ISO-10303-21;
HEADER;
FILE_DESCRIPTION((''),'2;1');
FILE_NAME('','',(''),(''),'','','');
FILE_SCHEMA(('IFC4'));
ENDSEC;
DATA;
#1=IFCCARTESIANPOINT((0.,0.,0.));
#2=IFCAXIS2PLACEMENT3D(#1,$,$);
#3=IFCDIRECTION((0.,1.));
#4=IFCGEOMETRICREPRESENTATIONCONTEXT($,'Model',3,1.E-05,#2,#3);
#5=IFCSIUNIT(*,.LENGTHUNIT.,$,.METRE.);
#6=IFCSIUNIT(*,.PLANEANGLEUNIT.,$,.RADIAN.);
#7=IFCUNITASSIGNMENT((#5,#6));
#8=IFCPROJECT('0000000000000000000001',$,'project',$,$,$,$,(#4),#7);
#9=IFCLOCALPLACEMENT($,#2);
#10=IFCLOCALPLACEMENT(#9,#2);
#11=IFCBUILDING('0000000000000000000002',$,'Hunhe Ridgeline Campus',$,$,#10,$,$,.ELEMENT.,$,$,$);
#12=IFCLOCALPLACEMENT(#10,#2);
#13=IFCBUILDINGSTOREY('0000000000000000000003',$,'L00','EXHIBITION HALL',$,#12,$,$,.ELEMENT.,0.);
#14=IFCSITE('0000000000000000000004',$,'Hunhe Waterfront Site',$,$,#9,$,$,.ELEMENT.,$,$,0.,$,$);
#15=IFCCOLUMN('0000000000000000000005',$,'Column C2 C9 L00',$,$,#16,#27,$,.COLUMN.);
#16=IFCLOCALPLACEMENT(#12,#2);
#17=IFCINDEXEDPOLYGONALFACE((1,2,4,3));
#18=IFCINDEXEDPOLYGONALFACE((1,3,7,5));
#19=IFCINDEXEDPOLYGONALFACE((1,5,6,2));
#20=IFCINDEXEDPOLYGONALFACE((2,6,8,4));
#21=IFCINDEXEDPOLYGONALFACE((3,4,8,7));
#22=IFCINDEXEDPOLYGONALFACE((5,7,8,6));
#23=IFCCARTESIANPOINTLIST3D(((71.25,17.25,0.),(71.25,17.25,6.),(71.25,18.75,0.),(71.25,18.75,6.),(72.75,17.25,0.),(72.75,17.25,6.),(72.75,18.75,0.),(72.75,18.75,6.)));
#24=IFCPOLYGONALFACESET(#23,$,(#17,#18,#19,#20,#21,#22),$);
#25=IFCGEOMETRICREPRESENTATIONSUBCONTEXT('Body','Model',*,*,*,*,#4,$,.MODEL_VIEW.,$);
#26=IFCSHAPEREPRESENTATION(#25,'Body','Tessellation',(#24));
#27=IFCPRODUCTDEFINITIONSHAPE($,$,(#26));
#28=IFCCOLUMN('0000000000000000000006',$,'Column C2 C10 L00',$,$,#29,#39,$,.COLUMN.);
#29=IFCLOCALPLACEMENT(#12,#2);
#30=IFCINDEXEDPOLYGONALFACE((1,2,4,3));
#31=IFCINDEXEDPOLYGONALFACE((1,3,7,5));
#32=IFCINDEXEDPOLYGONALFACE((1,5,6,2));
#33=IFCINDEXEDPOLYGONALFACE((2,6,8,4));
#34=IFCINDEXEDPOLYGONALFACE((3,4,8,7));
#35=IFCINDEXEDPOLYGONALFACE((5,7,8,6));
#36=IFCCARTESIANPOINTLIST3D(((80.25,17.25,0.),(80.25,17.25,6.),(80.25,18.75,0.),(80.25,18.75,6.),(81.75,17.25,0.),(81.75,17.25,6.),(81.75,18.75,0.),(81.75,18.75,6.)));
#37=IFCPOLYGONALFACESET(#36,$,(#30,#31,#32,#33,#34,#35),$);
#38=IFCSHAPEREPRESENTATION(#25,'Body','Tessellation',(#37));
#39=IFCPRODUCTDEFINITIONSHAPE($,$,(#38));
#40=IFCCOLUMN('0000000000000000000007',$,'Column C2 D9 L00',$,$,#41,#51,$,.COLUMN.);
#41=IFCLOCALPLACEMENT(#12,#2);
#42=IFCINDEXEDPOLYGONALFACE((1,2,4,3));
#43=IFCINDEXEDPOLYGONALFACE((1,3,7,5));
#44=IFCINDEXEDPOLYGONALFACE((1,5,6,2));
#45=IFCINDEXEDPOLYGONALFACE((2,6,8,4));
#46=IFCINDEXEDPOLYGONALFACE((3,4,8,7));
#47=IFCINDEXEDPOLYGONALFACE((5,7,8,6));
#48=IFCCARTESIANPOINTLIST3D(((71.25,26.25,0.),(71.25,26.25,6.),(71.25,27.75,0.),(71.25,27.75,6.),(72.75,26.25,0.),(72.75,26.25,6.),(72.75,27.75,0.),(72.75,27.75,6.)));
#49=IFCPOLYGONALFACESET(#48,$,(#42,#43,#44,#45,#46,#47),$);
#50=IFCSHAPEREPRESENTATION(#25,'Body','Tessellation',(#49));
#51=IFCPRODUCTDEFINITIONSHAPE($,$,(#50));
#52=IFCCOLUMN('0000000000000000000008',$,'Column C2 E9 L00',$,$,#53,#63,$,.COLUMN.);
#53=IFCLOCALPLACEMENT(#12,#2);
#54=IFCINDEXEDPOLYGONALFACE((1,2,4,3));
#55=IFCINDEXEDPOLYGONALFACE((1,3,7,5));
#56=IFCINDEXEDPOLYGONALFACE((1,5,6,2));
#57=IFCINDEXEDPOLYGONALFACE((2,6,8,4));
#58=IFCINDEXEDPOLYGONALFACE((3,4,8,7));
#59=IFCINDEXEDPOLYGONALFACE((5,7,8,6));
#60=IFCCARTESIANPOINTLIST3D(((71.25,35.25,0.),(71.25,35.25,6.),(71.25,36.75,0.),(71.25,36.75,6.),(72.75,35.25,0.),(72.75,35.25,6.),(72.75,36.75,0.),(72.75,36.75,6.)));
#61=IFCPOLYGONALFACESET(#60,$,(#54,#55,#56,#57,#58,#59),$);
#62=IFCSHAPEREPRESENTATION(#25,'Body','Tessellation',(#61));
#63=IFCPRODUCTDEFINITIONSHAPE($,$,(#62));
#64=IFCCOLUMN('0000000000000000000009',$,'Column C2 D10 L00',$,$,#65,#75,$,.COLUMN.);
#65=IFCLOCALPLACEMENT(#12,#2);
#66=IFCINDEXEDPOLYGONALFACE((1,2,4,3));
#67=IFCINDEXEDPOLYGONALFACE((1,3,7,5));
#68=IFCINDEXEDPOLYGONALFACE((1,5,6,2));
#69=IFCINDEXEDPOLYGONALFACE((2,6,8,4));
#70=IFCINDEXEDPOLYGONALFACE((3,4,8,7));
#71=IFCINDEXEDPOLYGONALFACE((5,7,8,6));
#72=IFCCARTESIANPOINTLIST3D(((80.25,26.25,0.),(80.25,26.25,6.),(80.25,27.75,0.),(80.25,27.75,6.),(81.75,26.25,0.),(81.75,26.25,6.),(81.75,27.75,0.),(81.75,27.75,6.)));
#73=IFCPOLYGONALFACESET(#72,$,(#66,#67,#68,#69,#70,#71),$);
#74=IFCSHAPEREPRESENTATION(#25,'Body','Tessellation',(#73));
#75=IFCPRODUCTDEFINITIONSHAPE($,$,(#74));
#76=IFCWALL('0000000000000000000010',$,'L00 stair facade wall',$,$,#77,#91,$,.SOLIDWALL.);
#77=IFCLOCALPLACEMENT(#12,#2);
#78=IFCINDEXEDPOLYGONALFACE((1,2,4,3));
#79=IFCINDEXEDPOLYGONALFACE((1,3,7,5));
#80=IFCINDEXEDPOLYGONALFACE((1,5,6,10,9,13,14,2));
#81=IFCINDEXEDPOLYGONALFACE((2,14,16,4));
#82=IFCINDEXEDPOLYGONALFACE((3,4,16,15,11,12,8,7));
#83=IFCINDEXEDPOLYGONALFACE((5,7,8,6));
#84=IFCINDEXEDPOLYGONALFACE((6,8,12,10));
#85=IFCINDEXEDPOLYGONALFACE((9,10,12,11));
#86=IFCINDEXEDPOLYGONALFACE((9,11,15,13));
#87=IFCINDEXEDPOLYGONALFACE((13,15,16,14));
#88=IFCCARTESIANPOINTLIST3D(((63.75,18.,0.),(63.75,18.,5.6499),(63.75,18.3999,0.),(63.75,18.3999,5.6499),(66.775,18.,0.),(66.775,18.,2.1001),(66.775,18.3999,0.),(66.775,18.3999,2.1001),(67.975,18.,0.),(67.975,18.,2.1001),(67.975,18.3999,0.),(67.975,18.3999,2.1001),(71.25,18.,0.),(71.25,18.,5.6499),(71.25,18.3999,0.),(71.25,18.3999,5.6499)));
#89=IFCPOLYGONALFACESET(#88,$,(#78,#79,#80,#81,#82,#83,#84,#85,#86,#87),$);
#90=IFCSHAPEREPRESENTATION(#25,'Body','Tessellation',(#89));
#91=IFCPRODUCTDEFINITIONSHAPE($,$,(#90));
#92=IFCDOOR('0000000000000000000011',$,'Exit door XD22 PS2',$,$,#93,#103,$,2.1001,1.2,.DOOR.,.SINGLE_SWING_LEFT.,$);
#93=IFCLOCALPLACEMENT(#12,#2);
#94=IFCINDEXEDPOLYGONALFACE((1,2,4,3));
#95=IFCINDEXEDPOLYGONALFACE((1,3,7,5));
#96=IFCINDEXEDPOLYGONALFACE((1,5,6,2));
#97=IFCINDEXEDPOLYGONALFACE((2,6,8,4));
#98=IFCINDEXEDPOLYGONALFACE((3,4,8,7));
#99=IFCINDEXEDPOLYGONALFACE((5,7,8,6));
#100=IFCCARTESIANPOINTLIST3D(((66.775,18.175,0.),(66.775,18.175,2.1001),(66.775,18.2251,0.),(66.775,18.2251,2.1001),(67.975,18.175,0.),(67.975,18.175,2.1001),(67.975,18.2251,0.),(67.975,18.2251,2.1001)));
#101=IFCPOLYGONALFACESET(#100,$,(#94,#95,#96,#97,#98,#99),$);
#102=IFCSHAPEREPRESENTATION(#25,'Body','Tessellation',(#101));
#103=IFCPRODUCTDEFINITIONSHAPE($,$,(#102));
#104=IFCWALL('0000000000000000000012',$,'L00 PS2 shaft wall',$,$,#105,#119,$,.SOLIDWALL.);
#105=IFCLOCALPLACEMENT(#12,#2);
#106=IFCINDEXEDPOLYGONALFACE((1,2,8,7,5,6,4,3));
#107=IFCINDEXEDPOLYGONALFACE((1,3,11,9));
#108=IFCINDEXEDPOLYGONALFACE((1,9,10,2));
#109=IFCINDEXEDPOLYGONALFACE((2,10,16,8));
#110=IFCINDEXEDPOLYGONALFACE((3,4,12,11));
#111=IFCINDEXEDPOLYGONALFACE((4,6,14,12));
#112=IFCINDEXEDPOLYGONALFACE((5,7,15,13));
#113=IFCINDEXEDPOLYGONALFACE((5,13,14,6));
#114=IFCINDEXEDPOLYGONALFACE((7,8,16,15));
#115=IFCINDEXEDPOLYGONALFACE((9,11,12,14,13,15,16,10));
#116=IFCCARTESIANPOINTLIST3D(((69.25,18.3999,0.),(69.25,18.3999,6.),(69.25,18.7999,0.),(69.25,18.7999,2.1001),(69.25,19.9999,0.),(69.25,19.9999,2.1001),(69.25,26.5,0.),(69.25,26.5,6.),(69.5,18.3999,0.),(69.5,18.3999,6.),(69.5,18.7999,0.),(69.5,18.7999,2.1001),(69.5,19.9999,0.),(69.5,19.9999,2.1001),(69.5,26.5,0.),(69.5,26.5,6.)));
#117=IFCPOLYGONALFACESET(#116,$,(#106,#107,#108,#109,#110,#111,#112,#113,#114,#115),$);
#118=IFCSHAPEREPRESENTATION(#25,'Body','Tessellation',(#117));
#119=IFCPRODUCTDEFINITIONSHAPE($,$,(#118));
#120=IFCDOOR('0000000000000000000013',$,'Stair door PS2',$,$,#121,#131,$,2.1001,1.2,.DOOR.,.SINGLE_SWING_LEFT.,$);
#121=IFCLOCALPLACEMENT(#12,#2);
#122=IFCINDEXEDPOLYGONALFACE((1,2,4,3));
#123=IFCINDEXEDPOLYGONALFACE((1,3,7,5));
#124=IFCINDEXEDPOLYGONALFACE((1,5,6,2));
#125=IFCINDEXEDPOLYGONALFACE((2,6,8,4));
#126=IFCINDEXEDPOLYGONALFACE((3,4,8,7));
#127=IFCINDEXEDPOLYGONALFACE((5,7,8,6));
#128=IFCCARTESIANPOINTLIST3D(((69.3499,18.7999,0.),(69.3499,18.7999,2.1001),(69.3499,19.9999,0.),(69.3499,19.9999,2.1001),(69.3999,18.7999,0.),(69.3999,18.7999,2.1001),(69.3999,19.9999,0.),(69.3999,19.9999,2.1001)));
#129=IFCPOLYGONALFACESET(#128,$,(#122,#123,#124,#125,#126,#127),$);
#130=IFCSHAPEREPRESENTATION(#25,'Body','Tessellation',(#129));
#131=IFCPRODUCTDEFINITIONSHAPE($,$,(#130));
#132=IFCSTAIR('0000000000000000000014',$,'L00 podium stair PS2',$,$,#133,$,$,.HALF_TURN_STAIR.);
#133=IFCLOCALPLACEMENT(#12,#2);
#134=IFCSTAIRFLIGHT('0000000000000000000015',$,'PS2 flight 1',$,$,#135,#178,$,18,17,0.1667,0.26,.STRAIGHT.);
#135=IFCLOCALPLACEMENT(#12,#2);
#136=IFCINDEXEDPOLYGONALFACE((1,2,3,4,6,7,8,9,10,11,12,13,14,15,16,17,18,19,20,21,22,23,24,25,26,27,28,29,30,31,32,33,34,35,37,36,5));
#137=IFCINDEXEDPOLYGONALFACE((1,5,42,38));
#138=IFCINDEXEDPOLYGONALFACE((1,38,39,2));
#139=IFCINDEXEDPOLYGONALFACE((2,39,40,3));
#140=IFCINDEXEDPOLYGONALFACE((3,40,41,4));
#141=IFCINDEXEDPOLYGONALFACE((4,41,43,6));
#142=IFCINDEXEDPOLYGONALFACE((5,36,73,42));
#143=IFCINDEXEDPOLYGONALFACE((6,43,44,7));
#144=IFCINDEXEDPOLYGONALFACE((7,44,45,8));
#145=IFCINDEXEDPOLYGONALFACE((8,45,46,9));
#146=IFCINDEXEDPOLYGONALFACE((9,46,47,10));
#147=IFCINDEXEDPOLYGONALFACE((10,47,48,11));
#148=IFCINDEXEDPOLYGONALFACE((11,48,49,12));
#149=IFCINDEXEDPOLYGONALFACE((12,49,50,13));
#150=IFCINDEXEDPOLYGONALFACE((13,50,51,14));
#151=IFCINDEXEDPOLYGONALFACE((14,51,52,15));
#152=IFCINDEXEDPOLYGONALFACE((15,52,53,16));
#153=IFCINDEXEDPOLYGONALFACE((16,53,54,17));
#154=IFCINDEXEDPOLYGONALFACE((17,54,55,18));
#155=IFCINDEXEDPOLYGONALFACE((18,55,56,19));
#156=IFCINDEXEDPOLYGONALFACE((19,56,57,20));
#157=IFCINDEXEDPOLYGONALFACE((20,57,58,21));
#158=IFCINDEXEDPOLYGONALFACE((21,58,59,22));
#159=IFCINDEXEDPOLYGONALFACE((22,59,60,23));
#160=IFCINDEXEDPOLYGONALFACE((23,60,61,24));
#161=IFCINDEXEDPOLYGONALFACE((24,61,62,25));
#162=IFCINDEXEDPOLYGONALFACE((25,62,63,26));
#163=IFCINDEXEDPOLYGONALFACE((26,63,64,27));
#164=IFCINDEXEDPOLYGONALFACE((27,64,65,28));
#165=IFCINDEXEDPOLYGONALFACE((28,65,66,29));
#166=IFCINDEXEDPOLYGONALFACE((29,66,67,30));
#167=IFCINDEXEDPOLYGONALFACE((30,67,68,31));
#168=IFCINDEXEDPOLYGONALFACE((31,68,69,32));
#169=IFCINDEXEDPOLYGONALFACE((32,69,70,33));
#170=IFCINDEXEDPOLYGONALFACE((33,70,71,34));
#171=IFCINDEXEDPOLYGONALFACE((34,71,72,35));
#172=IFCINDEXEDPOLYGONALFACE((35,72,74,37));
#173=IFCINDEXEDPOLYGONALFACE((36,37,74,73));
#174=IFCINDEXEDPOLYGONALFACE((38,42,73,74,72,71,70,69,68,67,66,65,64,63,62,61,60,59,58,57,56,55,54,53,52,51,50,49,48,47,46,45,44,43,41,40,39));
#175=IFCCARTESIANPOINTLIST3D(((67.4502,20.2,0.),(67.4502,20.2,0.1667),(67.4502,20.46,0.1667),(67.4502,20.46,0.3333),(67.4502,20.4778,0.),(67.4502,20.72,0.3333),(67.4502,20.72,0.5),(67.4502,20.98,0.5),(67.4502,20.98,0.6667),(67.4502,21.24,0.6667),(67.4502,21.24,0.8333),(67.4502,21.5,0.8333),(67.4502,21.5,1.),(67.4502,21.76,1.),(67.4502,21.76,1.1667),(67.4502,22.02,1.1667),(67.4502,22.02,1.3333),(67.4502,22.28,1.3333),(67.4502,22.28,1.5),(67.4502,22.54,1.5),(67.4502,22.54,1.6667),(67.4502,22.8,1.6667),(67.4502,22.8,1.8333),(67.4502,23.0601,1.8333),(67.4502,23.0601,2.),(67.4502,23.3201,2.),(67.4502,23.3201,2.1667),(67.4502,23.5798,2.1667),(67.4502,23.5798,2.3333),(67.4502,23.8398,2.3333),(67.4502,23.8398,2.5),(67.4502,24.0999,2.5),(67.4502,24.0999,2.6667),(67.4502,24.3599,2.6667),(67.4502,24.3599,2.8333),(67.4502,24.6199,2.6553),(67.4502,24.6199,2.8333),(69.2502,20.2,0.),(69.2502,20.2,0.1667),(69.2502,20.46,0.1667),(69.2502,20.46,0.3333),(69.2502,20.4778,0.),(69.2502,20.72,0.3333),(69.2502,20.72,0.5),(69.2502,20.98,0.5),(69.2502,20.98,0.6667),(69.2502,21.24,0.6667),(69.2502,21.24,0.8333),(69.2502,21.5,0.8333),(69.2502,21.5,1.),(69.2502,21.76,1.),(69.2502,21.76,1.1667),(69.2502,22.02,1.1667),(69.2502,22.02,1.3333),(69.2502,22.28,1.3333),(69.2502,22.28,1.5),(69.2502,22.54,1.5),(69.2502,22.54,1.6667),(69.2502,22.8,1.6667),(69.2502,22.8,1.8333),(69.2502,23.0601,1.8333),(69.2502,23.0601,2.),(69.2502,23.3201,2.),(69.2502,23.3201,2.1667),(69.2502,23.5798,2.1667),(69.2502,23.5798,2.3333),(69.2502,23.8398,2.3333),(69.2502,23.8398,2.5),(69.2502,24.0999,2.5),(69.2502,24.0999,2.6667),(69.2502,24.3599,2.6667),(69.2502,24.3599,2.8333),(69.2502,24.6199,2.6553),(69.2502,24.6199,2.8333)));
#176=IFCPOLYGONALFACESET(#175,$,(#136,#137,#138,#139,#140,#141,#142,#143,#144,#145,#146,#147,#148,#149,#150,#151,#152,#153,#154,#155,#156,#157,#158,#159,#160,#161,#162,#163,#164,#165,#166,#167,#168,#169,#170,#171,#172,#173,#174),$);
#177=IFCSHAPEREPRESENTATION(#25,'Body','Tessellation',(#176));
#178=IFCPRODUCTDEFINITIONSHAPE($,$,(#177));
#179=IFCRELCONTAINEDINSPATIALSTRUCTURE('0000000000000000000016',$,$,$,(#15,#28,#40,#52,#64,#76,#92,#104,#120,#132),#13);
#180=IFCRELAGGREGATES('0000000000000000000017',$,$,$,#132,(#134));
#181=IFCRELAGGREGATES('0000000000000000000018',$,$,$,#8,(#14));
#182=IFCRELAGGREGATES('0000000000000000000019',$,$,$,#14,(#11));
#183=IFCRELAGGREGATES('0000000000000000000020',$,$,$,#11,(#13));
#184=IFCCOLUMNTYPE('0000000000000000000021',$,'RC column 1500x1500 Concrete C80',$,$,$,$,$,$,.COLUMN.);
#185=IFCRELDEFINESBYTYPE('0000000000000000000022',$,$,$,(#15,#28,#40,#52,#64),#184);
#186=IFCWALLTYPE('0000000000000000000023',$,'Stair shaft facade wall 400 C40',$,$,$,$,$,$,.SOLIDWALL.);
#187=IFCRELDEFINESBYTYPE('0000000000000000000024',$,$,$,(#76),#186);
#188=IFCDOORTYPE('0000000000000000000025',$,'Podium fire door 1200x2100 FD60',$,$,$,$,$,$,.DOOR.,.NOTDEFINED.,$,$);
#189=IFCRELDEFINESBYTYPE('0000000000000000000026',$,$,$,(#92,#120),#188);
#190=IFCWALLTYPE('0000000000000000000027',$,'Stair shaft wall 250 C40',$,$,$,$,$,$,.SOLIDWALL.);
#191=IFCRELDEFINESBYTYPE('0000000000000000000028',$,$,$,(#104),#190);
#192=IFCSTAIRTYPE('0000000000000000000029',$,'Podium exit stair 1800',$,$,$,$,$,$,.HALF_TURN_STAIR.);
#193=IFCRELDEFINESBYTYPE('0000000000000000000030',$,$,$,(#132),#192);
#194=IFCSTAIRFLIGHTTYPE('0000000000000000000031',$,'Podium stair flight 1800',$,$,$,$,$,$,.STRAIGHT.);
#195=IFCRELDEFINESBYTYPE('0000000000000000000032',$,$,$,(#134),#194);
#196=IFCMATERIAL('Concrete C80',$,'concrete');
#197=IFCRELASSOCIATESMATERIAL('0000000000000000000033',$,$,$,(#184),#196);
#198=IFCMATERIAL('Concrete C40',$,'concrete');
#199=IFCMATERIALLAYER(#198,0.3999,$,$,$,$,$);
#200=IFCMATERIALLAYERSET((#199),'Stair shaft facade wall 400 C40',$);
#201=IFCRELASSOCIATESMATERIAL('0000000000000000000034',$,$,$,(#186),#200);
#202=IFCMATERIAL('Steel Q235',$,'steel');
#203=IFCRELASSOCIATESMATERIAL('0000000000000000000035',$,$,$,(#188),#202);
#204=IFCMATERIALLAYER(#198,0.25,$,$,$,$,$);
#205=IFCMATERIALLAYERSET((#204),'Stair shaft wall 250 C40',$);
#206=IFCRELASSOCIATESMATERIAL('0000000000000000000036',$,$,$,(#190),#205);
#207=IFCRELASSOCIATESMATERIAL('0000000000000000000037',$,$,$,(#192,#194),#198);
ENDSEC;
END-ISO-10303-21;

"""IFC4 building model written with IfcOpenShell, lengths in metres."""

from ifc_helpers import new_model, si_unit, direction, frame, frame_2d, origin, origin_2d, place, context, subcontext, project, spatial, polyline, rectangle, outline, extrude, material, layer, layer_set, material_profile, profile_set, type_object, element, fill, aggregate, save


model = new_model("IFC4")

# Units and contexts
model_context = context("Model", 3, precision=1e-05, world=origin(), true_north=direction((0.0, 1.0)))
body_context = subcontext(model_context, "Body", "Model", "MODEL_VIEW")
ifc_project = project(units=[si_unit("LENGTHUNIT", "METRE"), si_unit("PLANEANGLEUNIT", "RADIAN")], contexts=[model_context])

# Site, building, storey
site_placement = place(None, origin())
site = spatial("IfcSite", under=ifc_project, at=site_placement, Name="Hunhe Waterfront Site", CompositionType="ELEMENT", RefElevation=0.0)
building_placement = place(site_placement, origin())
building = spatial("IfcBuilding", under=site, at=building_placement, Name="Hunhe Ridgeline Campus", CompositionType="ELEMENT")
storey_placement = place(building_placement, origin())
storey = spatial("IfcBuildingStorey", under=building, at=storey_placement, Name="L00", Description="EXHIBITION HALL", CompositionType="ELEMENT", Elevation=0.0)

# Columns
ifc_material_1 = material(Name="Concrete C80", Category="concrete")
ifc_material_profile = material_profile(ifc_material_1, rectangle(XDim=1.5, YDim=1.5, at=origin_2d()))
ifc_profile_set = profile_set([ifc_material_profile], Name="Concrete C80")
column_type = type_object("IfcColumnType", Name="RC column 1500x1500 Concrete C80", PredefinedType="COLUMN", material=ifc_profile_set)
for number, where, z_axis, x_axis, name in (
    (1, (72.0, 18.0, 0.0), (0.0, 0.0, 1.0), (1.0, 0.0, 0.0), "Column C2 C9 L00"),
    (2, (81.0, 18.0, 0.0), (0.0, 0.0, 1.0), (1.0, 0.0, 0.0), "Column C2 C10 L00"),
    (3, (72.0, 27.0, 0.0), (0.0, 0.0, 1.0), (1.0, 0.0, 0.0), "Column C2 D9 L00"),
    (4, (72.0, 36.0, 0.0), (0.0, 0.0, 1.0), (1.0, 0.0, 0.0), "Column C2 E9 L00"),
    (5, (81.0, 27.0, 0.0), (0.0, 0.0, 1.0), (1.0, 0.0, 0.0), "Column C2 D10 L00"),
):
    element("IfcColumn", number, at=place(storey_placement, frame(where, z_axis=z_axis, x_axis=x_axis)), inside=storey, type_object=column_type, Name=name, PredefinedType="COLUMN", context=body_context, shape_type="SweptSolid", body=[
        extrude(rectangle(XDim=1.5, YDim=1.5, at=origin_2d()), origin(), (0.0, 0.0, 1.0), 6.0),
    ])

# Shared definitions
ifc_material_2 = material(Name="Concrete C40", Category="concrete")

# Walls, openings, doors
ifc_layer_1 = layer(ifc_material_2, 0.3999)
ifc_layer_set_1 = layer_set([ifc_layer_1], Name="Stair shaft facade wall 400 C40")
wall_type_1 = type_object("IfcWallType", Name="Stair shaft facade wall 400 C40", PredefinedType="SOLIDWALL", material=ifc_layer_set_1)
wall_1_placement = place(storey_placement, frame((71.25, 18.2, 0.0), z_axis=(0.0, 0.0, 1.0), x_axis=(-1.0, 0.0, 0.0)))
wall_1 = element("IfcWall", 6, at=wall_1_placement, inside=storey, type_object=wall_type_1, Name="L00 stair facade wall", PredefinedType="SOLIDWALL", context=body_context, shape_type="SweptSolid", body=[
    extrude(rectangle(XDim=7.5, YDim=0.3999, at=frame_2d((3.75, 0.0))), origin(), (0.0, 0.0, 1.0), 5.6499),
])
opening_1_placement = place(wall_1_placement, frame((3.2749, 0.0, 0.0)))
opening_1 = element("IfcOpeningElement", 7, at=opening_1_placement, cuts=wall_1, PredefinedType="OPENING", context=body_context, shape_type="SweptSolid", body=[
    extrude(rectangle(XDim=1.2, YDim=2.1001, at=frame_2d((0.6001, 1.05))), frame((0.0, 0.2, 0.0), z_axis=(0.0, -1.0, 0.0), x_axis=(1.0, 0.0, 0.0)), (0.0, 0.0, 1.0), 0.3999),
])
ifc_material_3 = material(Name="Steel Q235", Category="steel")
door_type_1 = type_object("IfcDoorType", Name="Podium fire door 1200x2100 FD60", OperationType="NOTDEFINED", PredefinedType="DOOR", material=ifc_material_3)
door_1_placement = place(opening_1_placement, origin())
door_1 = element("IfcDoor", 8, at=door_1_placement, inside=storey, type_object=door_type_1, Name="Exit door XD22 PS2", OperationType="SINGLE_SWING_LEFT", OverallHeight=2.1001, OverallWidth=1.2, PredefinedType="DOOR", context=body_context, shape_type="SweptSolid", body=[
    extrude(rectangle(XDim=1.2, YDim=2.1001, at=frame_2d((0.6001, 1.05))), frame((0.0, 0.0249, 0.0), z_axis=(0.0, -1.0, 0.0), x_axis=(1.0, 0.0, 0.0)), (0.0, 0.0, 1.0), 0.05),
])
fill(opening_1, door_1)
ifc_layer_2 = layer(ifc_material_2, 0.25)
ifc_layer_set_2 = layer_set([ifc_layer_2], Name="Stair shaft wall 250 C40")
wall_type_2 = type_object("IfcWallType", Name="Stair shaft wall 250 C40", PredefinedType="SOLIDWALL", material=ifc_layer_set_2)
wall_2_placement = place(storey_placement, frame((69.375, 26.5, 0.0), z_axis=(0.0, 0.0, 1.0), x_axis=(0.0, -1.0, 0.0)))
wall_2 = element("IfcWall", 9, at=wall_2_placement, inside=storey, type_object=wall_type_2, Name="L00 PS2 shaft wall", PredefinedType="SOLIDWALL", context=body_context, shape_type="SweptSolid", body=[
    extrude(rectangle(XDim=8.1001, YDim=0.25, at=frame_2d((4.05, 0.0))), origin(), (0.0, 0.0, 1.0), 6.0),
])
opening_2_placement = place(wall_2_placement, frame((6.5, 0.0, 0.0)))
opening_2 = element("IfcOpeningElement", 10, at=opening_2_placement, cuts=wall_2, PredefinedType="OPENING", context=body_context, shape_type="SweptSolid", body=[
    extrude(rectangle(XDim=1.2, YDim=2.1001, at=frame_2d((0.6001, 1.05))), frame((0.0, 0.125, 0.0), z_axis=(0.0, -1.0, 0.0), x_axis=(1.0, 0.0, 0.0)), (0.0, 0.0, 1.0), 0.25),
])
door_2_placement = place(opening_2_placement, origin())
door_2 = element("IfcDoor", 11, at=door_2_placement, inside=storey, type_object=door_type_1, Name="Stair door PS2", OperationType="SINGLE_SWING_LEFT", OverallHeight=2.1001, OverallWidth=1.2, PredefinedType="DOOR", context=body_context, shape_type="SweptSolid", body=[
    extrude(rectangle(XDim=1.2, YDim=2.1001, at=frame_2d((0.6001, 1.05))), frame((0.0, 0.0249, 0.0), z_axis=(0.0, -1.0, 0.0), x_axis=(1.0, 0.0, 0.0)), (0.0, 0.0, 1.0), 0.05),
])
fill(opening_2, door_2)

# Stair, stair flight
stair_type = type_object("IfcStairType", Name="Podium exit stair 1800", PredefinedType="HALF_TURN_STAIR", material=ifc_material_2)
stair_placement = place(storey_placement, origin())
stair = element("IfcStair", 12, at=stair_placement, inside=storey, type_object=stair_type, Name="L00 podium stair PS2", PredefinedType="HALF_TURN_STAIR")
stair_flight_type = type_object("IfcStairFlightType", Name="Podium stair flight 1800", PredefinedType="STRAIGHT", material=ifc_material_2)
stair_flight_placement = place(storey_placement, frame((68.3501, 20.2, 0.0), z_axis=(0.0, 0.0, 1.0), x_axis=(0.0, 1.0, 0.0)))
stair_flight = element("IfcStairFlight", 13, at=stair_flight_placement, type_object=stair_flight_type, Name="PS2 flight 1", NumberOfRisers=18, NumberOfTreads=17, PredefinedType="STRAIGHT", RiserHeight=0.1667, TreadLength=0.26, context=body_context, shape_type="SweptSolid", body=[
    extrude(outline(polyline([(0.0, 0.0), (0.0, 0.1667), (0.26, 0.1667), (0.26, 0.3333), (0.52, 0.3333), (0.52, 0.5), (0.78, 0.5), (0.78, 0.6667), (1.04, 0.6667), (1.04, 0.8333), (1.3, 0.8333), (1.3, 1.0), (1.5601, 1.0), (1.5601, 1.1667), (1.8201, 1.1667), (1.8201, 1.3333), (2.0801, 1.3333), (2.0801, 1.5), (2.3401, 1.5), (2.3401, 1.6667), (2.6001, 1.6667), (2.6001, 1.8333), (2.8601, 1.8333), (2.8601, 2.0), (3.1201, 2.0), (3.1201, 2.1667), (3.3799, 2.1667), (3.3799, 2.3333), (3.6399, 2.3333), (3.6399, 2.5), (3.8999, 2.5), (3.8999, 2.6667), (4.1599, 2.6667), (4.1599, 2.8333), (4.4199, 2.8333), (4.4199, 3.0), (4.4199, 2.6553), (0.2778, 0.0), (0.0, 0.0)])), frame((0.0, 0.8999, 0.0), z_axis=(0.0, -1.0, 0.0), x_axis=(1.0, 0.0, 0.0)), (0.0, 0.0, 1.0), 1.8),
])
aggregate(stair, [stair_flight])

save(model, "model.ifc")
